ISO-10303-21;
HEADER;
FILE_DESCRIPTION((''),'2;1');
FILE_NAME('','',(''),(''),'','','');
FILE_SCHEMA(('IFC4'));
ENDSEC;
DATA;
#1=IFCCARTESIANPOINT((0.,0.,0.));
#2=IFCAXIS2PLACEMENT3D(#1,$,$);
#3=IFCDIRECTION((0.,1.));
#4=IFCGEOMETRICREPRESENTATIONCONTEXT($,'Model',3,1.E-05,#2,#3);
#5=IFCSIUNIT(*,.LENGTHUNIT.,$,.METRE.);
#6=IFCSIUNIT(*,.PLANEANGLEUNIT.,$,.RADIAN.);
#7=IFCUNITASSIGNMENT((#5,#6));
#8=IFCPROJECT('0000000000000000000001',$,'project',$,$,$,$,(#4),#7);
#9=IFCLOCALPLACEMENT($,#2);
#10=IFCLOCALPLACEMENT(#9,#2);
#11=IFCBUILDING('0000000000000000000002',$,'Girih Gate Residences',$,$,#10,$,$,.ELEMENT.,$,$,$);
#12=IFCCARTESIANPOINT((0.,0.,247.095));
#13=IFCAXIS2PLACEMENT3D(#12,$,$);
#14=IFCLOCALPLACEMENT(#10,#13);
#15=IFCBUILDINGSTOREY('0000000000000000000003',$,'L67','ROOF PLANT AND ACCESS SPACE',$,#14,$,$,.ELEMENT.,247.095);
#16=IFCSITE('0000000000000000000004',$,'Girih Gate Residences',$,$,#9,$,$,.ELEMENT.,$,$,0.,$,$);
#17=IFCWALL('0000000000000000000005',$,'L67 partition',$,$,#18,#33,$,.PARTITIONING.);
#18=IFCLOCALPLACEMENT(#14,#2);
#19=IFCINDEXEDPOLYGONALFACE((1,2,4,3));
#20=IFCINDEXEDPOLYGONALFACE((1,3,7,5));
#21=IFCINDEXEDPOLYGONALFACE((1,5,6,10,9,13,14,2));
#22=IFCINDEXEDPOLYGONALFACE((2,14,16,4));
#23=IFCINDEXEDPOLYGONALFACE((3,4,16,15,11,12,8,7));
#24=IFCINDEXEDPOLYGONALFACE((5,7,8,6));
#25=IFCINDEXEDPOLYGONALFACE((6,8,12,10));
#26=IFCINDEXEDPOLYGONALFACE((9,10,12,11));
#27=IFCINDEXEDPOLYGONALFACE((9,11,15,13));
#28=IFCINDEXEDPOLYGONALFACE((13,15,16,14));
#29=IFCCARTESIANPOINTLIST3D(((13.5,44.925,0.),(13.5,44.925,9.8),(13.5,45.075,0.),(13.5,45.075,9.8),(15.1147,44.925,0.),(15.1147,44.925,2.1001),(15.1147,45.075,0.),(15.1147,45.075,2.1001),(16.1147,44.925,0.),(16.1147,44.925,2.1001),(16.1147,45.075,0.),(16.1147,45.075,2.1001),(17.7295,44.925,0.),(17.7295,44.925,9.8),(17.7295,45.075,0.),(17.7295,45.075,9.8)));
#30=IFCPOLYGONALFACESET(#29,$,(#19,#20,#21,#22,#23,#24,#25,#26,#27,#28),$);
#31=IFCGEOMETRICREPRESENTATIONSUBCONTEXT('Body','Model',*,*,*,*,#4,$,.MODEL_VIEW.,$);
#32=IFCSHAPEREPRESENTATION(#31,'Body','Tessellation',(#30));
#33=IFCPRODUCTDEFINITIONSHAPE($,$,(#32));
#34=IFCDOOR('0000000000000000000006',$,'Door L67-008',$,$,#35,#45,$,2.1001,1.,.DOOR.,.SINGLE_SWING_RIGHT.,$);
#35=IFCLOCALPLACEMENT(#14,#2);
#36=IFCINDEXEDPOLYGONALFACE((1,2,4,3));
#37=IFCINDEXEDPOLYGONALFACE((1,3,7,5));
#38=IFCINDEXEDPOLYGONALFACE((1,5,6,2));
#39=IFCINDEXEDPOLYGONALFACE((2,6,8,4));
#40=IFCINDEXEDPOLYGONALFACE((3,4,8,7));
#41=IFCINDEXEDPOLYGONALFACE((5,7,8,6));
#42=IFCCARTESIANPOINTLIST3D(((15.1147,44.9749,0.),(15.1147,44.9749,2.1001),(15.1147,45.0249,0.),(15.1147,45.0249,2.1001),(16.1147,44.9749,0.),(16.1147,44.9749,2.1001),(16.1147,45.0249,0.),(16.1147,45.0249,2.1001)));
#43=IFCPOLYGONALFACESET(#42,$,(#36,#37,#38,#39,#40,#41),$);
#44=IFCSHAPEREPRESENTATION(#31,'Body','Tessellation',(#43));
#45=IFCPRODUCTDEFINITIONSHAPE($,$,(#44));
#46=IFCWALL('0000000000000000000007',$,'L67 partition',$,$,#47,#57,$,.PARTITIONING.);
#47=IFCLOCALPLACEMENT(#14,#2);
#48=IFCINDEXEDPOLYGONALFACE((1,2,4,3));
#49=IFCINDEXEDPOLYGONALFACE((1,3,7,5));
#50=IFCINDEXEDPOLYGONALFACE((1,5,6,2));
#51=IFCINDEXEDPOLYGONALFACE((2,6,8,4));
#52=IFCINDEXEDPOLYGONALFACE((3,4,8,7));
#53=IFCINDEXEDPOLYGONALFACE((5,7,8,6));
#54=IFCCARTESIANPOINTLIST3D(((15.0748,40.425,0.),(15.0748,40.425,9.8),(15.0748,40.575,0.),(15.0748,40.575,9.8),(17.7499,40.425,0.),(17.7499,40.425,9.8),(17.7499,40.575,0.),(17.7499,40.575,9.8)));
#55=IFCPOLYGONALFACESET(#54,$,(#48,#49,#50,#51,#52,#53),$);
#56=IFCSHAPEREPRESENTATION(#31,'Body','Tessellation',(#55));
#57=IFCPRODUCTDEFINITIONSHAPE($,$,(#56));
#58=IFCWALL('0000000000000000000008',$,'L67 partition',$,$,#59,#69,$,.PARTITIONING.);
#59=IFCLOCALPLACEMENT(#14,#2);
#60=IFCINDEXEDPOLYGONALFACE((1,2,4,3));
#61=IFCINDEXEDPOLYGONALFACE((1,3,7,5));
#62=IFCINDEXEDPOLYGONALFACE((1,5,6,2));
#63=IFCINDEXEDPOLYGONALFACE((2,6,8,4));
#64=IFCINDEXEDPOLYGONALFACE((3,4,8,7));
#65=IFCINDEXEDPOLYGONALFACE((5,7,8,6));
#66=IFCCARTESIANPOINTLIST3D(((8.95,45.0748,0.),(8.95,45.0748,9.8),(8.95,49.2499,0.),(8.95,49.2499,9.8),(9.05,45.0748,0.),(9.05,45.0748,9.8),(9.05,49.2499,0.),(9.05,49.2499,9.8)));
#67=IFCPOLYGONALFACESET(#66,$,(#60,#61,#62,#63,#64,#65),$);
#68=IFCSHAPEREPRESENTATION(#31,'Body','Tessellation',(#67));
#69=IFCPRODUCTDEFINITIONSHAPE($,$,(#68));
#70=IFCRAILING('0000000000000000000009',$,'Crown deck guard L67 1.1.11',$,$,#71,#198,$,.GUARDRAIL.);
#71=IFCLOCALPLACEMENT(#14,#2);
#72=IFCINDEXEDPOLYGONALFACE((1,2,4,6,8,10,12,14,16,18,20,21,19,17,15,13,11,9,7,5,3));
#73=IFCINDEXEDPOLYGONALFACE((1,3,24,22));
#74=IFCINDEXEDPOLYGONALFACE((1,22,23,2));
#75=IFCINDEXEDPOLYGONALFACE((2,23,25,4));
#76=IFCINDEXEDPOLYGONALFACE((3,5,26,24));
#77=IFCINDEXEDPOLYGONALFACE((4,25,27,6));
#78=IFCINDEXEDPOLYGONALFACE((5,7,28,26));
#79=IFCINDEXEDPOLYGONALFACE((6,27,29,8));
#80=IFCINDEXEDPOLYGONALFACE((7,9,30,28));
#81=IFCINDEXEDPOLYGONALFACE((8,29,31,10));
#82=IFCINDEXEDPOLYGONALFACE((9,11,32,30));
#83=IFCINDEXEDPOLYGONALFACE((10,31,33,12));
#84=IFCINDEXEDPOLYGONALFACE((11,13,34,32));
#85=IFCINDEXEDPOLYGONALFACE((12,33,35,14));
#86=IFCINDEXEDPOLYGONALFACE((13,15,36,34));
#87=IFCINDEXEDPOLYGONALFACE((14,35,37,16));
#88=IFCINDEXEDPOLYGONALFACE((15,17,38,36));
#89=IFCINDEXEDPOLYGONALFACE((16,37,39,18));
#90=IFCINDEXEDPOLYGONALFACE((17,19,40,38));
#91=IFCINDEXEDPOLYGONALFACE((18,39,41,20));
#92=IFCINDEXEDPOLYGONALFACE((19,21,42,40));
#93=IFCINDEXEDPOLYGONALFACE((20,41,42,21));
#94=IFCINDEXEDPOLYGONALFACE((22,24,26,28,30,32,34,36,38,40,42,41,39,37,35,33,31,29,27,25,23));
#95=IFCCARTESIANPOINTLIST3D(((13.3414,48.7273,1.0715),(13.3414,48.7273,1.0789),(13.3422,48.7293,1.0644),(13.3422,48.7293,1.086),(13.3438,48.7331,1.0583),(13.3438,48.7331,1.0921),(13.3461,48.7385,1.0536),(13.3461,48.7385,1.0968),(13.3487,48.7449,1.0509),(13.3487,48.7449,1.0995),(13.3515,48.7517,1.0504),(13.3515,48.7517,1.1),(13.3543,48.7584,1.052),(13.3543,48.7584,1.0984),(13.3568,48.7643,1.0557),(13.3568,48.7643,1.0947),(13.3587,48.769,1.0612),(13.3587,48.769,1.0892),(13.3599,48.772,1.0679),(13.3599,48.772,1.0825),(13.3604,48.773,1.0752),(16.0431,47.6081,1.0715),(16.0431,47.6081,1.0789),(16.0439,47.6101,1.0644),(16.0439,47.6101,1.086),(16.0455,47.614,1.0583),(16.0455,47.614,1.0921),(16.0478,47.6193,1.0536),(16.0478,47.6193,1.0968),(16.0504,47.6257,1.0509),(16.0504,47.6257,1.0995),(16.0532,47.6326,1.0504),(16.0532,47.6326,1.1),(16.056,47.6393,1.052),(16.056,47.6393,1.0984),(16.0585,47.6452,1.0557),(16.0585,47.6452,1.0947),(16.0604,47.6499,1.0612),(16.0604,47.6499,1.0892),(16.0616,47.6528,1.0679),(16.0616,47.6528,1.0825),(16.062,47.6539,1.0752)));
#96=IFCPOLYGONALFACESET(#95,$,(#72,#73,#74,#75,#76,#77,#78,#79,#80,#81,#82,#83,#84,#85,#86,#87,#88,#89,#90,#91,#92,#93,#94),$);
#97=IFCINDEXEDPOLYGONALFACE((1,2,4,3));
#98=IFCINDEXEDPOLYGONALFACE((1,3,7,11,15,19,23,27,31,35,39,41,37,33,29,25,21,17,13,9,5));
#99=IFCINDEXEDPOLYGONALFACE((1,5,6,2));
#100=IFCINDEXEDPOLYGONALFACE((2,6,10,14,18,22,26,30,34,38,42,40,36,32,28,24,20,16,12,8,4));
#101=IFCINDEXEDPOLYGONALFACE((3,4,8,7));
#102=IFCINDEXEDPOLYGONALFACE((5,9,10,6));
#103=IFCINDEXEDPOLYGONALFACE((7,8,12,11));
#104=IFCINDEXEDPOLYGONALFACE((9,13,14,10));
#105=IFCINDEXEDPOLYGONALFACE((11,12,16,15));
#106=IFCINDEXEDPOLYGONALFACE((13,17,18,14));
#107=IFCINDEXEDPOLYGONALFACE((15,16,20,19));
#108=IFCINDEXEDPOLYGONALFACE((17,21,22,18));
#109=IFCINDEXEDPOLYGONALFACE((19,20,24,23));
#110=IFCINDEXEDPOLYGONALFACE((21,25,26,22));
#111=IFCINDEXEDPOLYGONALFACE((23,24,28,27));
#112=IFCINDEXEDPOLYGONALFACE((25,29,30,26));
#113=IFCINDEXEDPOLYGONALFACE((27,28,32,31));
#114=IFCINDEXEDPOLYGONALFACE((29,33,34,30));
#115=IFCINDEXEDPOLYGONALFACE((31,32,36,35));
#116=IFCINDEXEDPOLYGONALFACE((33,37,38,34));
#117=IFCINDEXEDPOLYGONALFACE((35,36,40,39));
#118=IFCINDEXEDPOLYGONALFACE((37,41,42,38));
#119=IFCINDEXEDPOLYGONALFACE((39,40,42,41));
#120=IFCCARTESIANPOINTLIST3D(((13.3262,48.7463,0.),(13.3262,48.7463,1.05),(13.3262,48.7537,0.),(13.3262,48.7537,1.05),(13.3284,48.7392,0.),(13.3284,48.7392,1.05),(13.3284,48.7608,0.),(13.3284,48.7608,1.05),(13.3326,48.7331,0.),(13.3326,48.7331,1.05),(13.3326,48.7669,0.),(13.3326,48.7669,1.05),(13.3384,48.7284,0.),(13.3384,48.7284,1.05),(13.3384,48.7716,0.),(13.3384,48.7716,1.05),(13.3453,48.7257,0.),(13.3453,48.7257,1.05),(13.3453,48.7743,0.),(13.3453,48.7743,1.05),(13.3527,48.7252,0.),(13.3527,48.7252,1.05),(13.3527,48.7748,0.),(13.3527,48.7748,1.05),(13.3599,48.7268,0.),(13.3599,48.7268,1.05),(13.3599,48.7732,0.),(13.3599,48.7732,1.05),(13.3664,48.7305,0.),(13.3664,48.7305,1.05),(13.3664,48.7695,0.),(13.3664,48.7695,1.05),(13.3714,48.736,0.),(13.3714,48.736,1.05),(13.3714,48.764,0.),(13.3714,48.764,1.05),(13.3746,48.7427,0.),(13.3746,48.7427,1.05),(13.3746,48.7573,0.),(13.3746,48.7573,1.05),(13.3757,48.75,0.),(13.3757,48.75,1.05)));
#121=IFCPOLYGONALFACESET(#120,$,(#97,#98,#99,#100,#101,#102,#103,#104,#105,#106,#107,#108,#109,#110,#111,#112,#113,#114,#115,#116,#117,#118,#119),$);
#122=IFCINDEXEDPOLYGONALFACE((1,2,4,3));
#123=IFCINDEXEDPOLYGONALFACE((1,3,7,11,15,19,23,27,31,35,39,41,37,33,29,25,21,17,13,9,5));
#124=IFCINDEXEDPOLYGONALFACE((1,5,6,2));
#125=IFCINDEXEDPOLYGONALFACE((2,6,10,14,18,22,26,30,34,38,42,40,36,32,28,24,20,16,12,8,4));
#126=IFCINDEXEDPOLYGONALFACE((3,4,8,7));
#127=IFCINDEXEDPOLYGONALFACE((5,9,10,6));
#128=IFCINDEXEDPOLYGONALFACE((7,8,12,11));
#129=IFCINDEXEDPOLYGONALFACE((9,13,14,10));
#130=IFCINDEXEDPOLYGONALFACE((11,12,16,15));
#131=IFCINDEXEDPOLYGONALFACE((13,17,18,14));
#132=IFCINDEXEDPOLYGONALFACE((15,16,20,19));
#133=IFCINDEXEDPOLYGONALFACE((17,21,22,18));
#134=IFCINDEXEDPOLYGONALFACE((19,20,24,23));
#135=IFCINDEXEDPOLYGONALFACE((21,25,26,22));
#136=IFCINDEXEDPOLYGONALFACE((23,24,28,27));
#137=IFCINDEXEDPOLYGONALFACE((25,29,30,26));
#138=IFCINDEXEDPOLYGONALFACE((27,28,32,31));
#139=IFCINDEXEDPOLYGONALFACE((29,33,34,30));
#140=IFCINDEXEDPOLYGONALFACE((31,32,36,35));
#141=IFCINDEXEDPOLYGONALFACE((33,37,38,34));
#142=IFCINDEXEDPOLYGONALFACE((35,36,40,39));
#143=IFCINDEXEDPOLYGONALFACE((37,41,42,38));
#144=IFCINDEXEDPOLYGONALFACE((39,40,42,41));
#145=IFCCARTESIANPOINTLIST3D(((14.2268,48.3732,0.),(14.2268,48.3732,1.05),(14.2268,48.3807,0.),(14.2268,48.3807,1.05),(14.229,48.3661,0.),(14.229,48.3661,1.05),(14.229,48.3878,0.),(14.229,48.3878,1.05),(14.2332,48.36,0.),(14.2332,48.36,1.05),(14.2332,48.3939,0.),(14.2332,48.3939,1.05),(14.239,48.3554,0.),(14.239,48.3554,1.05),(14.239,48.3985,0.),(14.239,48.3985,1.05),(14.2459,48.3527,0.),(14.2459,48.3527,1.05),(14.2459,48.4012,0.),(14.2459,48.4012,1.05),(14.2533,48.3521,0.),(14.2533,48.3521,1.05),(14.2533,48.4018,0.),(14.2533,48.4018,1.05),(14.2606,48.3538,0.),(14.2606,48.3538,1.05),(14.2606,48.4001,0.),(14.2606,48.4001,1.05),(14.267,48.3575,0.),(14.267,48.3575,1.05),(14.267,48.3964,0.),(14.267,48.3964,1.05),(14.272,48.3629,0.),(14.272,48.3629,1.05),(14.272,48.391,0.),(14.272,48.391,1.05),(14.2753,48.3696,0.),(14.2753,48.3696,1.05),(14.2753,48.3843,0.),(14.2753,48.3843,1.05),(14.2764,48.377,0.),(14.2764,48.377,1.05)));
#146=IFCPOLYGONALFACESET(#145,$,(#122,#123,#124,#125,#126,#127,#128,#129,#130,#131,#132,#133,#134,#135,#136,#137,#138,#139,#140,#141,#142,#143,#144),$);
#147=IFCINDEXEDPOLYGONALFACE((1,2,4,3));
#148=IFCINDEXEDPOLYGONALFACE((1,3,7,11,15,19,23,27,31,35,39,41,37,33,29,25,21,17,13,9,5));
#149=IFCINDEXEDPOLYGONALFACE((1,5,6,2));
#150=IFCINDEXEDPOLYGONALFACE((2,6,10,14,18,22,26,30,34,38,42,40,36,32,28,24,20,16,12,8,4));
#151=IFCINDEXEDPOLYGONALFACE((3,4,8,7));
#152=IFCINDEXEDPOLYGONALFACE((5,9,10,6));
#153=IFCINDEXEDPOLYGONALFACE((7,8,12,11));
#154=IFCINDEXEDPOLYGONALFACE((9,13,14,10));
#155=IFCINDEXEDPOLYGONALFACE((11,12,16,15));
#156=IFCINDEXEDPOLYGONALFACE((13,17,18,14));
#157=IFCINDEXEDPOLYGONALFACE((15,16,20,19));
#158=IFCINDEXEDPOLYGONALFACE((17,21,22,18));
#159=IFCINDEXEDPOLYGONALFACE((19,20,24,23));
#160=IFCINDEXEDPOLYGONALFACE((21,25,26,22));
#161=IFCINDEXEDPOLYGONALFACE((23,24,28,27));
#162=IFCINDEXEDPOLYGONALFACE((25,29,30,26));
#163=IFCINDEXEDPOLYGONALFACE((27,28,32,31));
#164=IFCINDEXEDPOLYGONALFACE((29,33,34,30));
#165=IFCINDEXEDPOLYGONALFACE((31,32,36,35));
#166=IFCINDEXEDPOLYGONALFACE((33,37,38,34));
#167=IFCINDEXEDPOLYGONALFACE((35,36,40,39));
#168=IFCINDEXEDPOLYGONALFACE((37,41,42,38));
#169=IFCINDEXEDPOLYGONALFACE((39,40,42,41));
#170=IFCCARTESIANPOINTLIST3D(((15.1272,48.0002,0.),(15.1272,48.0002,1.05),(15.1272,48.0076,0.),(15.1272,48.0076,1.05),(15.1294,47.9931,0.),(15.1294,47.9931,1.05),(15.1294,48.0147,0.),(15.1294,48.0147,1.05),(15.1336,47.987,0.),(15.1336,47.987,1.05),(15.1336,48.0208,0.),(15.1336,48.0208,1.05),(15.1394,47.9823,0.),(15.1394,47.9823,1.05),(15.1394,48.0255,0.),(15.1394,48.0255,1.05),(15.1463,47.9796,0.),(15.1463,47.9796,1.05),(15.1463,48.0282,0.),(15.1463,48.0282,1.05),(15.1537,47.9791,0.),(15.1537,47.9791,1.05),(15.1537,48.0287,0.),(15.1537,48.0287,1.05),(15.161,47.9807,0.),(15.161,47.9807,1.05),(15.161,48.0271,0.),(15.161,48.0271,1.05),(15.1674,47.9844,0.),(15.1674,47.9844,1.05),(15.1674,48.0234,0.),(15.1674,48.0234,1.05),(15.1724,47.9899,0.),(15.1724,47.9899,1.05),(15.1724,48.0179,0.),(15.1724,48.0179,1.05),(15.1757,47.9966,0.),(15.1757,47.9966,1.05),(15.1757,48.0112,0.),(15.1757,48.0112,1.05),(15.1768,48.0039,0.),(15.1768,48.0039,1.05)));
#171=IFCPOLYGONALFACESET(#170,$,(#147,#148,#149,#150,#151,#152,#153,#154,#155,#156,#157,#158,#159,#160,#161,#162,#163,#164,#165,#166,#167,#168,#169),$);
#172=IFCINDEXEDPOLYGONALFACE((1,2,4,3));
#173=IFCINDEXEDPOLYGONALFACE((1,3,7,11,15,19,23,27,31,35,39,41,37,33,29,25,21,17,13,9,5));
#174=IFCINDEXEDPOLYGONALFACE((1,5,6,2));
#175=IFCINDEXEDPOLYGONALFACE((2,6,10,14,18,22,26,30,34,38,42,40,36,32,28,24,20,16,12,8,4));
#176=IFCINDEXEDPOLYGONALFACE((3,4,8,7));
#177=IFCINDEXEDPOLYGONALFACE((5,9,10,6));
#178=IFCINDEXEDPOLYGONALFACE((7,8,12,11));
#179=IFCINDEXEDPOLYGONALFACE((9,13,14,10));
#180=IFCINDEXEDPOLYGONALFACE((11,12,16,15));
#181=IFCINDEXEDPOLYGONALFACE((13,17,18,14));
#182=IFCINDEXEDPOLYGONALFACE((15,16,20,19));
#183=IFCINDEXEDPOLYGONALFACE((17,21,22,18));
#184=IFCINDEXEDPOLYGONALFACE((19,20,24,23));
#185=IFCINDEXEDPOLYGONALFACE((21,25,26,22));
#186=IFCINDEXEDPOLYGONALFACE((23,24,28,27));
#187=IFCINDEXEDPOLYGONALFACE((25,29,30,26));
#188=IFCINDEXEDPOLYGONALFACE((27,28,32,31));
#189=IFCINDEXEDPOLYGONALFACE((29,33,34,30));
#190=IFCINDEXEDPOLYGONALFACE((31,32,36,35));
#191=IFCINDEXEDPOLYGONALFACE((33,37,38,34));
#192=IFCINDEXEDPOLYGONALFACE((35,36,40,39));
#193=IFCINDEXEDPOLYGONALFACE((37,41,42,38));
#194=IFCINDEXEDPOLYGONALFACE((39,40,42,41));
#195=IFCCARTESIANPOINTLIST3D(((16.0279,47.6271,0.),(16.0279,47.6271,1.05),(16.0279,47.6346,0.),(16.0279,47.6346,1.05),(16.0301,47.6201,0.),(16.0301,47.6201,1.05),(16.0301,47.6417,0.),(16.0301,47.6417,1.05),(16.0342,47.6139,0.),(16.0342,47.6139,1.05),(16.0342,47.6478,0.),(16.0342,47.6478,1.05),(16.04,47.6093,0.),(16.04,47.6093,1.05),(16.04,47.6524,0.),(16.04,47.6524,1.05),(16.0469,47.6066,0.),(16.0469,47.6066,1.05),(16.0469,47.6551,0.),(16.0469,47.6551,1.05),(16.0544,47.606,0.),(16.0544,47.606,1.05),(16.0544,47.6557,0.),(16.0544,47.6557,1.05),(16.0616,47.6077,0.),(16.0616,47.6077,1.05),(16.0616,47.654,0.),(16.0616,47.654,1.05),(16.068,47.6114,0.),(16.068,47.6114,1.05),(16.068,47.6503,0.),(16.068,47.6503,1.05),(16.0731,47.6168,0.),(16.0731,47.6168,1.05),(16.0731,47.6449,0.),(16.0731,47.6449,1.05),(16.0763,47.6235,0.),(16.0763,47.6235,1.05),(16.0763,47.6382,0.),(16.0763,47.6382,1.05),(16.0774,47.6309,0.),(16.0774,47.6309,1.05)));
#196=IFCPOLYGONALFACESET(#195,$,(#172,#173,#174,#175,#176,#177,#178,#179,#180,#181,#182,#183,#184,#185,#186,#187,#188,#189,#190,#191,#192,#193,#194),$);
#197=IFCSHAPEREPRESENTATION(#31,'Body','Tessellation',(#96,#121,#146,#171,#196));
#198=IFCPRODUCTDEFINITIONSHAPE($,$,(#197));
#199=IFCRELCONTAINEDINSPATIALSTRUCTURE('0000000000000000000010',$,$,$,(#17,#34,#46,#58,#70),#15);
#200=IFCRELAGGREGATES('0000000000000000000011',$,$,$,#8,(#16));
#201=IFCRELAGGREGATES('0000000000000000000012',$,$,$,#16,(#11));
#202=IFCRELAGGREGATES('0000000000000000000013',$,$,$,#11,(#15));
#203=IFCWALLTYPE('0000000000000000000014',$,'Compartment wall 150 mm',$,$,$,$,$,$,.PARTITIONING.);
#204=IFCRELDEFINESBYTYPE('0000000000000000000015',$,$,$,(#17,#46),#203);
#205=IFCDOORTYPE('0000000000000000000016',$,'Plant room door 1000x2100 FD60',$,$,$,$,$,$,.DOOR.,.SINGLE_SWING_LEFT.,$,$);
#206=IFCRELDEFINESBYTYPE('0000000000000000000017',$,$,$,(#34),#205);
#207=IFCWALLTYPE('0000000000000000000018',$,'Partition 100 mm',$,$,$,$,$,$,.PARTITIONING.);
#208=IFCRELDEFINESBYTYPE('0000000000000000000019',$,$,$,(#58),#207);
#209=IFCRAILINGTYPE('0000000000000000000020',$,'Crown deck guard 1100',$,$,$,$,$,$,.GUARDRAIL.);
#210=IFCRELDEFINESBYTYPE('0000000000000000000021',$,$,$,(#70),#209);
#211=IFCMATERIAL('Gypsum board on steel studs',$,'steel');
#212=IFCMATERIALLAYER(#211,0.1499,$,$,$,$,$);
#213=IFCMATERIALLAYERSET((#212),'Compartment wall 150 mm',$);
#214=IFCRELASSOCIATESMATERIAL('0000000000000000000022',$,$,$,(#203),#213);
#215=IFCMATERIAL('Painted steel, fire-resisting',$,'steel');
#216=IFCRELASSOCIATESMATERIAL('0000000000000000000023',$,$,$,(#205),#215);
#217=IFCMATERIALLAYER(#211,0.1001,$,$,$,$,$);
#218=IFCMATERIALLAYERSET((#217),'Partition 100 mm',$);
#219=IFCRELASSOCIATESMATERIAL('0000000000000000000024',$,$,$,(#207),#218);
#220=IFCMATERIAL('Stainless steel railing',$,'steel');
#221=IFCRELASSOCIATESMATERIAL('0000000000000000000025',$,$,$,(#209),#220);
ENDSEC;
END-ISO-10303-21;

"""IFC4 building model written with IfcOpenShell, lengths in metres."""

from ifc_helpers import new_model, si_unit, direction, frame, frame_2d, origin, origin_2d, place, context, subcontext, project, spatial, rectangle, circle, extrude, material, layer, layer_set, type_object, element, fill, save


model = new_model("IFC4")

# Units and contexts
model_context = context("Model", 3, precision=1e-05, world=origin(), true_north=direction((0.0, 1.0)))
body_context = subcontext(model_context, "Body", "Model", "MODEL_VIEW")
ifc_project = project(units=[si_unit("LENGTHUNIT", "METRE"), si_unit("PLANEANGLEUNIT", "RADIAN")], contexts=[model_context])

# Site, building, storey
site_placement = place(None, origin())
site = spatial("IfcSite", under=ifc_project, at=site_placement, Name="Girih Gate Residences", CompositionType="ELEMENT", RefElevation=0.0)
building_placement = place(site_placement, origin())
building = spatial("IfcBuilding", under=site, at=building_placement, Name="Girih Gate Residences", CompositionType="ELEMENT")
storey_placement = place(building_placement, frame((0.0, 0.0, 247.095)))
storey = spatial("IfcBuildingStorey", under=building, at=storey_placement, Name="L67", Description="ROOF PLANT AND ACCESS SPACE", CompositionType="ELEMENT", Elevation=247.095)

# Shared definitions
ifc_material_1 = material(Name="Gypsum board on steel studs", Category="steel")
ifc_layer_1 = layer(ifc_material_1, 0.1499)
ifc_layer_set_1 = layer_set([ifc_layer_1], Name="Compartment wall 150 mm")
wall_type_1 = type_object("IfcWallType", Name="Compartment wall 150 mm", PredefinedType="PARTITIONING", material=ifc_layer_set_1)
ifc_material_2 = material(Name="Painted steel, fire-resisting", Category="steel")
door_type = type_object("IfcDoorType", Name="Plant room door 1000x2100 FD60", OperationType="SINGLE_SWING_LEFT", PredefinedType="DOOR", material=ifc_material_2)

# Wall, opening, door
wall_1_placement = place(storey_placement, frame((13.5, 45.0, 0.0), z_axis=(0.0, 0.0, 1.0), x_axis=(1.0, 0.0, 0.0)))
wall_1 = element("IfcWall", 1, at=wall_1_placement, inside=storey, type_object=wall_type_1, Name="L67 partition", PredefinedType="PARTITIONING", context=body_context, shape_type="SweptSolid", body=[
    extrude(rectangle(XDim=4.2295, YDim=0.1499, at=frame_2d((2.1147, 0.0))), origin(), (0.0, 0.0, 1.0), 9.8),
])
opening_1_placement = place(wall_1_placement, frame((1.6147, 0.0, 0.0)))
opening_1 = element("IfcOpeningElement", 2, at=opening_1_placement, cuts=wall_1, PredefinedType="OPENING", context=body_context, shape_type="SweptSolid", body=[
    extrude(rectangle(XDim=1.0, YDim=2.1001, at=frame_2d((0.5, 1.05))), frame((0.0, 0.085, 0.0), z_axis=(0.0, -1.0, 0.0), x_axis=(1.0, 0.0, 0.0)), (0.0, 0.0, 1.0), 0.1699),
])
door_1_placement = place(opening_1_placement, origin())
door_1 = element("IfcDoor", 3, at=door_1_placement, inside=storey, type_object=door_type, Name="Door L67-008", OperationType="SINGLE_SWING_RIGHT", OverallHeight=2.1001, OverallWidth=1.0, PredefinedType="DOOR", context=body_context, shape_type="SweptSolid", body=[
    extrude(rectangle(XDim=1.0, YDim=2.1001, at=frame_2d((0.5, 1.05))), frame((0.0, 0.0249, 0.0), z_axis=(0.0, -1.0, 0.0), x_axis=(1.0, 0.0, 0.0)), (0.0, 0.0, 1.0), 0.05),
])
fill(opening_1, door_1)

# Walls
wall_2_placement = place(storey_placement, frame((15.075, 40.5, 0.0), z_axis=(0.0, 0.0, 1.0), x_axis=(1.0, 0.0, 0.0)))
element("IfcWall", 4, at=wall_2_placement, inside=storey, type_object=wall_type_1, Name="L67 partition", PredefinedType="PARTITIONING", context=body_context, shape_type="SweptSolid", body=[
    extrude(rectangle(XDim=2.675, YDim=0.1499, at=frame_2d((1.3374, 0.0))), origin(), (0.0, 0.0, 1.0), 9.8),
])
ifc_layer_2 = layer(ifc_material_1, 0.1001)
ifc_layer_set_2 = layer_set([ifc_layer_2], Name="Partition 100 mm")
wall_type_2 = type_object("IfcWallType", Name="Partition 100 mm", PredefinedType="PARTITIONING", material=ifc_layer_set_2)
wall_3_placement = place(storey_placement, frame((9.0, 45.075, 0.0), z_axis=(0.0, 0.0, 1.0), x_axis=(0.0, 1.0, 0.0)))
element("IfcWall", 5, at=wall_3_placement, inside=storey, type_object=wall_type_2, Name="L67 partition", PredefinedType="PARTITIONING", context=body_context, shape_type="SweptSolid", body=[
    extrude(rectangle(XDim=4.175, YDim=0.1001, at=frame_2d((2.0874, 0.0))), origin(), (0.0, 0.0, 1.0), 9.8),
])

# Railing
ifc_material_3 = material(Name="Stainless steel railing", Category="steel")
railing_type = type_object("IfcRailingType", Name="Crown deck guard 1100", PredefinedType="GUARDRAIL", material=ifc_material_3)
railing_1_placement = place(storey_placement, frame((13.3508, 48.75, 0.0)))
element("IfcRailing", 6, at=railing_1_placement, inside=storey, type_object=railing_type, Name="Crown deck guard L67 1.1.11", PredefinedType="GUARDRAIL", context=body_context, shape_type="SweptSolid", body=[
    extrude(circle(Radius=0.0249, at=origin_2d()), frame((0.0, 0.0, 1.0752), z_axis=(0.92387, -0.382706, 0.0), x_axis=(0.382706, 0.92387, 0.0)), (0.0, 0.0, 1.0), 2.9243),
    extrude(circle(Radius=0.0249, at=origin_2d()), origin(), (0.0, 0.0, 1.0), 1.05),
    extrude(circle(Radius=0.0249, at=origin_2d()), frame((0.9006, -0.373, 0.0)), (0.0, 0.0, 1.0), 1.05),
    extrude(circle(Radius=0.0249, at=origin_2d()), frame((1.801, -0.7461, 0.0)), (0.0, 0.0, 1.0), 1.05),
    extrude(circle(Radius=0.0249, at=origin_2d()), frame((2.7017, -1.1191, 0.0)), (0.0, 0.0, 1.0), 1.05),
])

save(model, "model.ifc")
